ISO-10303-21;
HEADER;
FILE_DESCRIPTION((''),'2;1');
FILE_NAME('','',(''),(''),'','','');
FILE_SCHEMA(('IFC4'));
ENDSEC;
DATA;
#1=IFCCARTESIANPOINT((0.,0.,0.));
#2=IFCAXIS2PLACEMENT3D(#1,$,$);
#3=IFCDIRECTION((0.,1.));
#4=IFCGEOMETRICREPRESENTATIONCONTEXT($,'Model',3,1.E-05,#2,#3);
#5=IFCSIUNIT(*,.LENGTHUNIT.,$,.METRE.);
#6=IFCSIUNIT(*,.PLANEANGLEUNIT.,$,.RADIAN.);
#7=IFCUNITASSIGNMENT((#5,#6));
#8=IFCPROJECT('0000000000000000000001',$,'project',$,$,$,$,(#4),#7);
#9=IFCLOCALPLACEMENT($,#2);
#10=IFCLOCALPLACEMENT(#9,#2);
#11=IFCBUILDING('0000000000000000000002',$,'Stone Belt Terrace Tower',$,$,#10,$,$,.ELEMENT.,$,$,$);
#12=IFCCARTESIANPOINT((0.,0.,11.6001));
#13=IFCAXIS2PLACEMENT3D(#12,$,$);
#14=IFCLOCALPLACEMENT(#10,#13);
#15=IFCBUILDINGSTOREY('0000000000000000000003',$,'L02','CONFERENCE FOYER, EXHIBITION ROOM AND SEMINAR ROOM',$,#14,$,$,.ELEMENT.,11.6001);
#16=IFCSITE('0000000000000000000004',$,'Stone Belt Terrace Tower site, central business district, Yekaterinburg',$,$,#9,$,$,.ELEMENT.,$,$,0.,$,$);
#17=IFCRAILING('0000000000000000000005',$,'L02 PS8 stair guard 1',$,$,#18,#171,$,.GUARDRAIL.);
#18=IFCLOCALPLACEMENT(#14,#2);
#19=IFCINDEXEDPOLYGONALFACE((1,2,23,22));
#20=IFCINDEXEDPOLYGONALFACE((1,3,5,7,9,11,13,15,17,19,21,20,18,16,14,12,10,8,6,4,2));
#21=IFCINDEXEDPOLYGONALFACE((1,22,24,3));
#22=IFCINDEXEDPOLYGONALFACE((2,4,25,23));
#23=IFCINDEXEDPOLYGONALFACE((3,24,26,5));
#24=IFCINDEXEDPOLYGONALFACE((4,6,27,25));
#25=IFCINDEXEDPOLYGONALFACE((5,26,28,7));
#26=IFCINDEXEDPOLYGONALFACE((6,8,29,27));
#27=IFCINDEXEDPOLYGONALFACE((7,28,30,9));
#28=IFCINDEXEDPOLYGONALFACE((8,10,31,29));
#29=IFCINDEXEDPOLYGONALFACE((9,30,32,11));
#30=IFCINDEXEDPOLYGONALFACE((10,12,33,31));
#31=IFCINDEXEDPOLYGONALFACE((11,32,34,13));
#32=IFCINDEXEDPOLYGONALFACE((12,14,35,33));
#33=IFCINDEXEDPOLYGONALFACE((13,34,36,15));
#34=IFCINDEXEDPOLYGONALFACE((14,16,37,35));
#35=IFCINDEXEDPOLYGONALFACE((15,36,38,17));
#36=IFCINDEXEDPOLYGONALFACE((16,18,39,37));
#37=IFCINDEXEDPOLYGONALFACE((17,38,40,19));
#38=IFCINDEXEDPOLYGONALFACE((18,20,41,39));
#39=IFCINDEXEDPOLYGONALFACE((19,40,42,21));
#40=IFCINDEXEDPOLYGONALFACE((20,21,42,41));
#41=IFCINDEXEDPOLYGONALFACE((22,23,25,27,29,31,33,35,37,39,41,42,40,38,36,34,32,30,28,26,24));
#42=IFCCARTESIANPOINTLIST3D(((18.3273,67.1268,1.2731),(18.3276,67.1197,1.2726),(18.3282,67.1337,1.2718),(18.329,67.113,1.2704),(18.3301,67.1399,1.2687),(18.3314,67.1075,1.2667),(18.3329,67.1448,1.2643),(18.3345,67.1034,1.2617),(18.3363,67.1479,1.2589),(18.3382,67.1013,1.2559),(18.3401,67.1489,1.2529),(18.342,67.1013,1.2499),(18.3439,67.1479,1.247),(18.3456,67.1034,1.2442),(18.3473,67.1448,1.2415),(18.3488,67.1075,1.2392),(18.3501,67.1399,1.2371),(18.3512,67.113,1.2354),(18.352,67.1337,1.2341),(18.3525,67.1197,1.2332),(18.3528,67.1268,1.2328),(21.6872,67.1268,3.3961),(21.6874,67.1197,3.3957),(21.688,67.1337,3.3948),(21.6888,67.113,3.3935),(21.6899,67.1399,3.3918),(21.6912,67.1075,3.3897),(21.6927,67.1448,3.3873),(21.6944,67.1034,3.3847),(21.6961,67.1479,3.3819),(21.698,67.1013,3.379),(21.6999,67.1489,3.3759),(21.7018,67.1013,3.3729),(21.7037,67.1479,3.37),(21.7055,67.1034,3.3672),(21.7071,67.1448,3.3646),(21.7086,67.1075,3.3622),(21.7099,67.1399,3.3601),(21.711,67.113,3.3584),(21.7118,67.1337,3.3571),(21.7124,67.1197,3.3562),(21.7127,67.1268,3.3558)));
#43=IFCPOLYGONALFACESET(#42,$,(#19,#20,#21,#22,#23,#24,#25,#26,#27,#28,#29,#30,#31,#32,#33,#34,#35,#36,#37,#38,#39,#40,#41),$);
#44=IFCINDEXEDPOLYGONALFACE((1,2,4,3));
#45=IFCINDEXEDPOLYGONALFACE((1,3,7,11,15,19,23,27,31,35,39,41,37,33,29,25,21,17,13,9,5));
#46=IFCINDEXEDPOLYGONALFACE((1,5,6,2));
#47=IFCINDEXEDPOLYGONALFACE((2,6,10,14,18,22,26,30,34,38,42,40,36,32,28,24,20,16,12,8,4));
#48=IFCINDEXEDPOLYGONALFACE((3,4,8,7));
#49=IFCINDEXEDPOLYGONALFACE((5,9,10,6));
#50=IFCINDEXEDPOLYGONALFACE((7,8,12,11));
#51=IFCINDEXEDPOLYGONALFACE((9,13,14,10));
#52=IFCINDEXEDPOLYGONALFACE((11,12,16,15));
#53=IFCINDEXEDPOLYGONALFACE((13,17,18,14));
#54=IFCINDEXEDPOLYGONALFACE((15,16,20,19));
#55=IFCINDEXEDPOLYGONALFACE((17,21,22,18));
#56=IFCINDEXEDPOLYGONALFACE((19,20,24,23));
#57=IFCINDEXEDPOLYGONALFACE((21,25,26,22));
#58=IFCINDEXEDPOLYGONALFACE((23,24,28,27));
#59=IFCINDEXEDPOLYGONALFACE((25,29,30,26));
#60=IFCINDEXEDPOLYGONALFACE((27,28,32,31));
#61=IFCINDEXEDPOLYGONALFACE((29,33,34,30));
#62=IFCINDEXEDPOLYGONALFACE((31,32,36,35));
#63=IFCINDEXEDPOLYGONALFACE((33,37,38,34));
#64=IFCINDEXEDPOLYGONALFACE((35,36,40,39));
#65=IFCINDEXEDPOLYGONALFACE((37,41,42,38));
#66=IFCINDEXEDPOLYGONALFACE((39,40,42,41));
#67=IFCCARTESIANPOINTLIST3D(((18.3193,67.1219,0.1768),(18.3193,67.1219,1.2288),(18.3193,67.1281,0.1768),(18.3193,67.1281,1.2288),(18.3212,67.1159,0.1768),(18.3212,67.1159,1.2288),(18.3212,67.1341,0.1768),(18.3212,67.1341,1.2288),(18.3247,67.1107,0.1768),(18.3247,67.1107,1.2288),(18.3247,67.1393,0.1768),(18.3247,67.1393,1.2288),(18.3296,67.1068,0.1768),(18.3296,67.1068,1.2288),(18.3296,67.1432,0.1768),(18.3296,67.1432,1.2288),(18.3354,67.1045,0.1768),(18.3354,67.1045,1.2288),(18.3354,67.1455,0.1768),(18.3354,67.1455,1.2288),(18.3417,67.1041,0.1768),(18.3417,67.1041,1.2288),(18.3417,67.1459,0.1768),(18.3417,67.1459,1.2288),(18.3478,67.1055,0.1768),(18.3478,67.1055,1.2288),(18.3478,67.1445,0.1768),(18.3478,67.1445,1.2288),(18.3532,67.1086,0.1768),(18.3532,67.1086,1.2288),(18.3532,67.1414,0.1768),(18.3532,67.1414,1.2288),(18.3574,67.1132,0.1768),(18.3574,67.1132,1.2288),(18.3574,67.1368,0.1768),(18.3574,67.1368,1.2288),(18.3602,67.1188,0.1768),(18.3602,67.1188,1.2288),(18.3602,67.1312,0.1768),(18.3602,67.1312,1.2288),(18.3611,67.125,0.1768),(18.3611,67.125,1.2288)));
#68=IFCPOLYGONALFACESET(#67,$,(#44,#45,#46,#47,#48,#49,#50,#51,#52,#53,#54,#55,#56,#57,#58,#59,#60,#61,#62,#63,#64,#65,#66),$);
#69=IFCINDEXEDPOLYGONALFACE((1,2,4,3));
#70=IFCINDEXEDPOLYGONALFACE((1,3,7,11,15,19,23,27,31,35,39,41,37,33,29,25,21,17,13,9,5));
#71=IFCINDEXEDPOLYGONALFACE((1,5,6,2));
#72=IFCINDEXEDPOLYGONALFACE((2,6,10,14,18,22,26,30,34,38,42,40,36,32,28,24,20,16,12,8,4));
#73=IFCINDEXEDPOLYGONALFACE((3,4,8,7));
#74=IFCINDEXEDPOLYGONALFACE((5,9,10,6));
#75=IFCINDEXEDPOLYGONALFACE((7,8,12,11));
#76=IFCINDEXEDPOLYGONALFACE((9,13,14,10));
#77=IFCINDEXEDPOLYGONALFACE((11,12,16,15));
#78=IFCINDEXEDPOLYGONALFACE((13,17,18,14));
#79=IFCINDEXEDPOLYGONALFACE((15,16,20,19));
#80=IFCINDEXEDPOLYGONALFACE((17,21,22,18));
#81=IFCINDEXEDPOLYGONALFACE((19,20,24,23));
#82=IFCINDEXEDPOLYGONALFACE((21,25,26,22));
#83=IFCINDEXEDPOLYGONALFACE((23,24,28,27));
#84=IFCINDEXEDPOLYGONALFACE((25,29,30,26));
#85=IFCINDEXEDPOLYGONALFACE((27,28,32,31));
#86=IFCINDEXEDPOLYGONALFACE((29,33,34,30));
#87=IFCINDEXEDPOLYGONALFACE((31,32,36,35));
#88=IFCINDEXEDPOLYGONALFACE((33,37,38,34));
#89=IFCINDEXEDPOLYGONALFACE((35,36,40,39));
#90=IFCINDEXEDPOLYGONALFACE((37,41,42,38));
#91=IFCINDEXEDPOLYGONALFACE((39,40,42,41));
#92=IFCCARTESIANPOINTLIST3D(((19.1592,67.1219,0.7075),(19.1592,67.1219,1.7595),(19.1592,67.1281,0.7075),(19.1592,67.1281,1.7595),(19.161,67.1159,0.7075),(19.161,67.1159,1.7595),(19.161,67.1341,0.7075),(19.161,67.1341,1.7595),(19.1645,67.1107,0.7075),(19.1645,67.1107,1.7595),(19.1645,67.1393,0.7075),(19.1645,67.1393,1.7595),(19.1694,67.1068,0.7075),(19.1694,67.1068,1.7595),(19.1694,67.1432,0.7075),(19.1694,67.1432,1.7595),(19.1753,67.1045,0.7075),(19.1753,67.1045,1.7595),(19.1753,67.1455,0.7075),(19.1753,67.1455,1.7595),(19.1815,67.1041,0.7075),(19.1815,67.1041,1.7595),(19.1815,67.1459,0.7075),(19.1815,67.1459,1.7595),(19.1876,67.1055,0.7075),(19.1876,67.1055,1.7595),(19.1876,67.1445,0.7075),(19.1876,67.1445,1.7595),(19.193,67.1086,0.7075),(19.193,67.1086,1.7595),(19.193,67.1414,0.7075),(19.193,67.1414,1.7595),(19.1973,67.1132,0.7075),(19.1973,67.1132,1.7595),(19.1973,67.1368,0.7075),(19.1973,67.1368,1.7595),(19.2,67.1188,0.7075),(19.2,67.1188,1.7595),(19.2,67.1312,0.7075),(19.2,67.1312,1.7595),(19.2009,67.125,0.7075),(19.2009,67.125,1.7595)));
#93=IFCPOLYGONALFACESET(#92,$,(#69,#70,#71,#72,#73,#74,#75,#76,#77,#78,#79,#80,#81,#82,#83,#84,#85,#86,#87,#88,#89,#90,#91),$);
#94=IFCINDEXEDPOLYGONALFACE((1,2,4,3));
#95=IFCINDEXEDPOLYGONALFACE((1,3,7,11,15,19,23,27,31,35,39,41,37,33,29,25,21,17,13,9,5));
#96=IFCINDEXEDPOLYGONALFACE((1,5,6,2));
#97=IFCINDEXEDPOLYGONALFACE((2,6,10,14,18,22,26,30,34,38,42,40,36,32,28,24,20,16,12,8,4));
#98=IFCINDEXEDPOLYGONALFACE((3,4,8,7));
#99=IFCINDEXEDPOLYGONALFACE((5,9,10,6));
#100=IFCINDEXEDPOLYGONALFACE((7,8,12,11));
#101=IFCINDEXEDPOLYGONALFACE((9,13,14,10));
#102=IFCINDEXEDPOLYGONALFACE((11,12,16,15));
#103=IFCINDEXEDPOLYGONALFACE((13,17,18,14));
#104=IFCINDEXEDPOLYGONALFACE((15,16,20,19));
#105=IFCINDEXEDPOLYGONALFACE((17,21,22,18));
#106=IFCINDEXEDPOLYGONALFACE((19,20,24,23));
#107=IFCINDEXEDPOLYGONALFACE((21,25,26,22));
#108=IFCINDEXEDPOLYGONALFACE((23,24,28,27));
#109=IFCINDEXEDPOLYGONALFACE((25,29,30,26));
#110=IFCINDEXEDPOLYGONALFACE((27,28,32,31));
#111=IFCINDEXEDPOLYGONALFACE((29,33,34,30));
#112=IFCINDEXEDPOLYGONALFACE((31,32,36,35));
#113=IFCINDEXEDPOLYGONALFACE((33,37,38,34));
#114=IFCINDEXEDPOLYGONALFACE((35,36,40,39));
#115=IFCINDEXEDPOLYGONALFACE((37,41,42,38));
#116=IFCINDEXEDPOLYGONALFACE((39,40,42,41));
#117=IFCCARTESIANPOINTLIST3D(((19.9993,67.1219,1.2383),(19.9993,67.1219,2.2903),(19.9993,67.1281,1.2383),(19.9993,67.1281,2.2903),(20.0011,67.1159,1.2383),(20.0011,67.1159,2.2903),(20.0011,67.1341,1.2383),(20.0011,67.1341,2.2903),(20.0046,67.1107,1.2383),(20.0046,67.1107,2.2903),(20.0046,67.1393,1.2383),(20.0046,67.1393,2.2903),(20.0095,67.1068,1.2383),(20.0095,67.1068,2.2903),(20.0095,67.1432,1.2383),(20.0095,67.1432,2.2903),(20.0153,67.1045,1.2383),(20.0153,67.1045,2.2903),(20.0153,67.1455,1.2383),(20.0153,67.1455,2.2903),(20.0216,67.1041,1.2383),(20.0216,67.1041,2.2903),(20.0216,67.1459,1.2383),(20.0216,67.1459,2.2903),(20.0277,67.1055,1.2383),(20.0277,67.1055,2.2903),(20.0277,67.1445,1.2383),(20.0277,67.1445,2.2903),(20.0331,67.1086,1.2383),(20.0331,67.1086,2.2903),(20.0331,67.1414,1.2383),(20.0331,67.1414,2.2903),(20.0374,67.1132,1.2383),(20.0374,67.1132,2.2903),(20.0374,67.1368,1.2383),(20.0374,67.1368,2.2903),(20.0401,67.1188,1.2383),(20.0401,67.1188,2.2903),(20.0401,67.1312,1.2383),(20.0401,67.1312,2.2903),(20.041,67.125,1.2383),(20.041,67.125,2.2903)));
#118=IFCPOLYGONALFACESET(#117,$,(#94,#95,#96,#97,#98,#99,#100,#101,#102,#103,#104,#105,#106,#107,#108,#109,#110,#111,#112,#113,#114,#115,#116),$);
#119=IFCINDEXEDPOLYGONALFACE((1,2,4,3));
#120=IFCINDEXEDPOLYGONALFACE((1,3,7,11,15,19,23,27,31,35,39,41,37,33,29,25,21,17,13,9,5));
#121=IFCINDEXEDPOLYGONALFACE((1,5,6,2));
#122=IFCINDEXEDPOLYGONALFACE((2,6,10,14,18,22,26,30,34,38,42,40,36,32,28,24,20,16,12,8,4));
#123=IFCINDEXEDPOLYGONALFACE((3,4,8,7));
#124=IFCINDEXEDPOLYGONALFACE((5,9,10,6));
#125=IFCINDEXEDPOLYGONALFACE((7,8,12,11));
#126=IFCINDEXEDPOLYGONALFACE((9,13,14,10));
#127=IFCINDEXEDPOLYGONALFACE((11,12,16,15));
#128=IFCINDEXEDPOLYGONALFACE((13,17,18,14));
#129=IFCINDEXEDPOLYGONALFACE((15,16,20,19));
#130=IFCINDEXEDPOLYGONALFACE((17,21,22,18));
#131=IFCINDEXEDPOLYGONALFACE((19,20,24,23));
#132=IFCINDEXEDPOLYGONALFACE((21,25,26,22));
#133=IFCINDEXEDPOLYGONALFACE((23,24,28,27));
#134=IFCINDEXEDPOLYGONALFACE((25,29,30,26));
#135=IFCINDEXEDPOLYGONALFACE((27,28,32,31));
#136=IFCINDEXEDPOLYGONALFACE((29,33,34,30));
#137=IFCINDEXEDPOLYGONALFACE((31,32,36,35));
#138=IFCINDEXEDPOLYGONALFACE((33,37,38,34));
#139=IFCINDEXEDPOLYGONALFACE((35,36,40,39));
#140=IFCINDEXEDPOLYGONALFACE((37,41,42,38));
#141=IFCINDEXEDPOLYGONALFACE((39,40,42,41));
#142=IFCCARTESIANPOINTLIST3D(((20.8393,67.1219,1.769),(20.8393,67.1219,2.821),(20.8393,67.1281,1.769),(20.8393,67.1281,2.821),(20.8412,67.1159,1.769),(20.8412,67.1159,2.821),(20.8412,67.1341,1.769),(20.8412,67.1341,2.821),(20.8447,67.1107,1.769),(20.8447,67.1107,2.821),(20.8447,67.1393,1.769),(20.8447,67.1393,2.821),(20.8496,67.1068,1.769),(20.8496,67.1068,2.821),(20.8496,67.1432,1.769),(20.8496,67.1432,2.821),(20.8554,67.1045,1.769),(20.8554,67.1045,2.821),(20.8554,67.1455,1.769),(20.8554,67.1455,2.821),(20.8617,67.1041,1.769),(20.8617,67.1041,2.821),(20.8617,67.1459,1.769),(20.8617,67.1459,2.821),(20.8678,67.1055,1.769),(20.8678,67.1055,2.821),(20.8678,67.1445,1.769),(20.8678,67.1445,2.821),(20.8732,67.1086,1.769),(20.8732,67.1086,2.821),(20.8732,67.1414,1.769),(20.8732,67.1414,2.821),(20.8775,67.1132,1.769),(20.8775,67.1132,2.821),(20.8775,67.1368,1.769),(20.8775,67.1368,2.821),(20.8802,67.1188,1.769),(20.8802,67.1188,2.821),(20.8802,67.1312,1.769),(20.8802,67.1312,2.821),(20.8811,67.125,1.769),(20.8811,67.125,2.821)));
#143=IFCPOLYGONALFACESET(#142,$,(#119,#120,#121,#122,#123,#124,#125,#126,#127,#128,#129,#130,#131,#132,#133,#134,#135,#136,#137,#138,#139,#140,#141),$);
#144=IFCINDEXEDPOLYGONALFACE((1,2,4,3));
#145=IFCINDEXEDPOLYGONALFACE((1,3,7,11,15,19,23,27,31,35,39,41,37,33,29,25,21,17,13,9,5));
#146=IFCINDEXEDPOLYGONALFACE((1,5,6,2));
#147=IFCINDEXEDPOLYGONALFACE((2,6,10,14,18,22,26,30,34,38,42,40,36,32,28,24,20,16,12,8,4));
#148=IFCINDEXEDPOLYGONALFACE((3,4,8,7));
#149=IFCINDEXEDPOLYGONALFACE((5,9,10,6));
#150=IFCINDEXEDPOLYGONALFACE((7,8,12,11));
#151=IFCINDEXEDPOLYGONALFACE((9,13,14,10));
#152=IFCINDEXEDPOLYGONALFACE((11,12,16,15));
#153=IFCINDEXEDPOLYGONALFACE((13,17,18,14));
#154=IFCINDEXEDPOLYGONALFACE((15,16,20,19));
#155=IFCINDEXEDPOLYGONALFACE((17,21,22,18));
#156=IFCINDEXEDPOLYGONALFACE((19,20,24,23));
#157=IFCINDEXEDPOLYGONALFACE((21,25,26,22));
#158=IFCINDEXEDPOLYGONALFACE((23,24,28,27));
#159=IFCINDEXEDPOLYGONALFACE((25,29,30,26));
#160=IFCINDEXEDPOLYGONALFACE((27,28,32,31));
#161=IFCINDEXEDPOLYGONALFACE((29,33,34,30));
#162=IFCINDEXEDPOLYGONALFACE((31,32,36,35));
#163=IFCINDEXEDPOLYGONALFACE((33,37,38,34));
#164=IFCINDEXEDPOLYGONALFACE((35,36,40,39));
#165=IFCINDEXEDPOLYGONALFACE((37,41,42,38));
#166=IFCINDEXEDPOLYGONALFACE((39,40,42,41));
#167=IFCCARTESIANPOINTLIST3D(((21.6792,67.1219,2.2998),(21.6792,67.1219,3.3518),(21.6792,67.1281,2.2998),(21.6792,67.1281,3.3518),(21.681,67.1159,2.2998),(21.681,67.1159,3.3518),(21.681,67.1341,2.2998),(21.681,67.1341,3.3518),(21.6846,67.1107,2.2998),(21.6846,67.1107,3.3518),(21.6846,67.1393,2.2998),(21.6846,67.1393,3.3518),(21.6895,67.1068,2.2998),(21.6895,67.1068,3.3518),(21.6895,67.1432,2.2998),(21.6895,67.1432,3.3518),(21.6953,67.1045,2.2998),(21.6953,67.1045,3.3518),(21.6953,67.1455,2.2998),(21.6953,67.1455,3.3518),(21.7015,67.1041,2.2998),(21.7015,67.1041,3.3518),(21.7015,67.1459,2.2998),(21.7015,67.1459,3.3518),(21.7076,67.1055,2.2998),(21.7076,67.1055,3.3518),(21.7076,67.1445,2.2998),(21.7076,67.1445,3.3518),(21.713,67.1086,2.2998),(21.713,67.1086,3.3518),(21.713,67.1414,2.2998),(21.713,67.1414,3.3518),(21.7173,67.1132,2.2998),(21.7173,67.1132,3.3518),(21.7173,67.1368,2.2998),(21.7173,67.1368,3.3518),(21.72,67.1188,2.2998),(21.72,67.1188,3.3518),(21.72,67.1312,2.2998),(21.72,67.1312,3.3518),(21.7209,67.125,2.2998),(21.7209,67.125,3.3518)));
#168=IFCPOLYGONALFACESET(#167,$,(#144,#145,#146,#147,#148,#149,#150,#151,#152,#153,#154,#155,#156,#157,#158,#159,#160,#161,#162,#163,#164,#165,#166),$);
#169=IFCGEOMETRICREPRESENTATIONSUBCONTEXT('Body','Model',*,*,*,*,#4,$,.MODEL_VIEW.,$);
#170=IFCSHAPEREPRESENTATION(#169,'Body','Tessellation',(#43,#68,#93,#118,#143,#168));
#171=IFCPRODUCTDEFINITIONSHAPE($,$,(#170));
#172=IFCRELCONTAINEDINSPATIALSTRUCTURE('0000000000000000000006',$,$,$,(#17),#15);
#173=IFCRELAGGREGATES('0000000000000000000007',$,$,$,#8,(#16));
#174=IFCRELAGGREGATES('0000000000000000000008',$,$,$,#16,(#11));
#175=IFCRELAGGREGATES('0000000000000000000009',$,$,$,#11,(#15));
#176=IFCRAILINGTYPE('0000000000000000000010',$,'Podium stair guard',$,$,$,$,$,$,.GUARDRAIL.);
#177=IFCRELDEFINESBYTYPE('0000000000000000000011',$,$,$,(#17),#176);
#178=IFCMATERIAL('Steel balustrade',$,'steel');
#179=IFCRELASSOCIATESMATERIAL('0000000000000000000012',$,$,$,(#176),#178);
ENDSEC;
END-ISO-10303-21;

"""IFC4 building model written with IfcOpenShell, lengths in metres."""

from ifc_helpers import new_model, si_unit, direction, frame, origin, origin_2d, place, context, subcontext, project, spatial, circle, extrude, material, type_object, element, save


model = new_model("IFC4")

# Units and contexts
model_context = context("Model", 3, precision=1e-05, world=origin(), true_north=direction((0.0, 1.0)))
body_context = subcontext(model_context, "Body", "Model", "MODEL_VIEW")
ifc_project = project(units=[si_unit("LENGTHUNIT", "METRE"), si_unit("PLANEANGLEUNIT", "RADIAN")], contexts=[model_context])

# Site, building, storey
site_placement = place(None, origin())
site = spatial("IfcSite", under=ifc_project, at=site_placement, Name="Stone Belt Terrace Tower site, central business district, Yekaterinburg", CompositionType="ELEMENT", RefElevation=0.0)
building_placement = place(site_placement, origin())
building = spatial("IfcBuilding", under=site, at=building_placement, Name="Stone Belt Terrace Tower", CompositionType="ELEMENT")
storey_placement = place(building_placement, frame((0.0, 0.0, 11.6001)))
storey = spatial("IfcBuildingStorey", under=building, at=storey_placement, Name="L02", Description="CONFERENCE FOYER, EXHIBITION ROOM AND SEMINAR ROOM", CompositionType="ELEMENT", Elevation=11.6001)

# Railing
ifc_material_1 = material(Name="Steel balustrade", Category="steel")
railing_type_1 = type_object("IfcRailingType", Name="Podium stair guard", PredefinedType="GUARDRAIL", material=ifc_material_1)
railing_1_placement = place(storey_placement, frame((18.3401, 67.125, 0.1768)))
element("IfcRailing", 1, at=railing_1_placement, inside=storey, type_object=railing_type_1, Name="L02 PS8 stair guard 1", PredefinedType="GUARDRAIL", context=body_context, shape_type="SweptSolid", body=[
    extrude(circle(Radius=0.0239, at=origin_2d()), frame((0.0, 0.0, 1.0762), z_axis=(0.845372, 0.0, 0.534178), x_axis=(0.0, 1.0, 0.0)), (0.0, 0.0, 1.0), 3.9744),
    extrude(circle(Radius=0.021, at=origin_2d()), origin(), (0.0, 0.0, 1.0), 1.052),
    extrude(circle(Radius=0.021, at=origin_2d()), frame((0.8398, 0.0, 0.5308)), (0.0, 0.0, 1.0), 1.052),
    extrude(circle(Radius=0.021, at=origin_2d()), frame((1.6799, 0.0, 1.0615)), (0.0, 0.0, 1.0), 1.052),
    extrude(circle(Radius=0.021, at=origin_2d()), frame((2.52, 0.0, 1.5923)), (0.0, 0.0, 1.0), 1.052),
    extrude(circle(Radius=0.021, at=origin_2d()), frame((3.3599, 0.0, 2.123)), (0.0, 0.0, 1.0), 1.052),
])

save(model, "model.ifc")
